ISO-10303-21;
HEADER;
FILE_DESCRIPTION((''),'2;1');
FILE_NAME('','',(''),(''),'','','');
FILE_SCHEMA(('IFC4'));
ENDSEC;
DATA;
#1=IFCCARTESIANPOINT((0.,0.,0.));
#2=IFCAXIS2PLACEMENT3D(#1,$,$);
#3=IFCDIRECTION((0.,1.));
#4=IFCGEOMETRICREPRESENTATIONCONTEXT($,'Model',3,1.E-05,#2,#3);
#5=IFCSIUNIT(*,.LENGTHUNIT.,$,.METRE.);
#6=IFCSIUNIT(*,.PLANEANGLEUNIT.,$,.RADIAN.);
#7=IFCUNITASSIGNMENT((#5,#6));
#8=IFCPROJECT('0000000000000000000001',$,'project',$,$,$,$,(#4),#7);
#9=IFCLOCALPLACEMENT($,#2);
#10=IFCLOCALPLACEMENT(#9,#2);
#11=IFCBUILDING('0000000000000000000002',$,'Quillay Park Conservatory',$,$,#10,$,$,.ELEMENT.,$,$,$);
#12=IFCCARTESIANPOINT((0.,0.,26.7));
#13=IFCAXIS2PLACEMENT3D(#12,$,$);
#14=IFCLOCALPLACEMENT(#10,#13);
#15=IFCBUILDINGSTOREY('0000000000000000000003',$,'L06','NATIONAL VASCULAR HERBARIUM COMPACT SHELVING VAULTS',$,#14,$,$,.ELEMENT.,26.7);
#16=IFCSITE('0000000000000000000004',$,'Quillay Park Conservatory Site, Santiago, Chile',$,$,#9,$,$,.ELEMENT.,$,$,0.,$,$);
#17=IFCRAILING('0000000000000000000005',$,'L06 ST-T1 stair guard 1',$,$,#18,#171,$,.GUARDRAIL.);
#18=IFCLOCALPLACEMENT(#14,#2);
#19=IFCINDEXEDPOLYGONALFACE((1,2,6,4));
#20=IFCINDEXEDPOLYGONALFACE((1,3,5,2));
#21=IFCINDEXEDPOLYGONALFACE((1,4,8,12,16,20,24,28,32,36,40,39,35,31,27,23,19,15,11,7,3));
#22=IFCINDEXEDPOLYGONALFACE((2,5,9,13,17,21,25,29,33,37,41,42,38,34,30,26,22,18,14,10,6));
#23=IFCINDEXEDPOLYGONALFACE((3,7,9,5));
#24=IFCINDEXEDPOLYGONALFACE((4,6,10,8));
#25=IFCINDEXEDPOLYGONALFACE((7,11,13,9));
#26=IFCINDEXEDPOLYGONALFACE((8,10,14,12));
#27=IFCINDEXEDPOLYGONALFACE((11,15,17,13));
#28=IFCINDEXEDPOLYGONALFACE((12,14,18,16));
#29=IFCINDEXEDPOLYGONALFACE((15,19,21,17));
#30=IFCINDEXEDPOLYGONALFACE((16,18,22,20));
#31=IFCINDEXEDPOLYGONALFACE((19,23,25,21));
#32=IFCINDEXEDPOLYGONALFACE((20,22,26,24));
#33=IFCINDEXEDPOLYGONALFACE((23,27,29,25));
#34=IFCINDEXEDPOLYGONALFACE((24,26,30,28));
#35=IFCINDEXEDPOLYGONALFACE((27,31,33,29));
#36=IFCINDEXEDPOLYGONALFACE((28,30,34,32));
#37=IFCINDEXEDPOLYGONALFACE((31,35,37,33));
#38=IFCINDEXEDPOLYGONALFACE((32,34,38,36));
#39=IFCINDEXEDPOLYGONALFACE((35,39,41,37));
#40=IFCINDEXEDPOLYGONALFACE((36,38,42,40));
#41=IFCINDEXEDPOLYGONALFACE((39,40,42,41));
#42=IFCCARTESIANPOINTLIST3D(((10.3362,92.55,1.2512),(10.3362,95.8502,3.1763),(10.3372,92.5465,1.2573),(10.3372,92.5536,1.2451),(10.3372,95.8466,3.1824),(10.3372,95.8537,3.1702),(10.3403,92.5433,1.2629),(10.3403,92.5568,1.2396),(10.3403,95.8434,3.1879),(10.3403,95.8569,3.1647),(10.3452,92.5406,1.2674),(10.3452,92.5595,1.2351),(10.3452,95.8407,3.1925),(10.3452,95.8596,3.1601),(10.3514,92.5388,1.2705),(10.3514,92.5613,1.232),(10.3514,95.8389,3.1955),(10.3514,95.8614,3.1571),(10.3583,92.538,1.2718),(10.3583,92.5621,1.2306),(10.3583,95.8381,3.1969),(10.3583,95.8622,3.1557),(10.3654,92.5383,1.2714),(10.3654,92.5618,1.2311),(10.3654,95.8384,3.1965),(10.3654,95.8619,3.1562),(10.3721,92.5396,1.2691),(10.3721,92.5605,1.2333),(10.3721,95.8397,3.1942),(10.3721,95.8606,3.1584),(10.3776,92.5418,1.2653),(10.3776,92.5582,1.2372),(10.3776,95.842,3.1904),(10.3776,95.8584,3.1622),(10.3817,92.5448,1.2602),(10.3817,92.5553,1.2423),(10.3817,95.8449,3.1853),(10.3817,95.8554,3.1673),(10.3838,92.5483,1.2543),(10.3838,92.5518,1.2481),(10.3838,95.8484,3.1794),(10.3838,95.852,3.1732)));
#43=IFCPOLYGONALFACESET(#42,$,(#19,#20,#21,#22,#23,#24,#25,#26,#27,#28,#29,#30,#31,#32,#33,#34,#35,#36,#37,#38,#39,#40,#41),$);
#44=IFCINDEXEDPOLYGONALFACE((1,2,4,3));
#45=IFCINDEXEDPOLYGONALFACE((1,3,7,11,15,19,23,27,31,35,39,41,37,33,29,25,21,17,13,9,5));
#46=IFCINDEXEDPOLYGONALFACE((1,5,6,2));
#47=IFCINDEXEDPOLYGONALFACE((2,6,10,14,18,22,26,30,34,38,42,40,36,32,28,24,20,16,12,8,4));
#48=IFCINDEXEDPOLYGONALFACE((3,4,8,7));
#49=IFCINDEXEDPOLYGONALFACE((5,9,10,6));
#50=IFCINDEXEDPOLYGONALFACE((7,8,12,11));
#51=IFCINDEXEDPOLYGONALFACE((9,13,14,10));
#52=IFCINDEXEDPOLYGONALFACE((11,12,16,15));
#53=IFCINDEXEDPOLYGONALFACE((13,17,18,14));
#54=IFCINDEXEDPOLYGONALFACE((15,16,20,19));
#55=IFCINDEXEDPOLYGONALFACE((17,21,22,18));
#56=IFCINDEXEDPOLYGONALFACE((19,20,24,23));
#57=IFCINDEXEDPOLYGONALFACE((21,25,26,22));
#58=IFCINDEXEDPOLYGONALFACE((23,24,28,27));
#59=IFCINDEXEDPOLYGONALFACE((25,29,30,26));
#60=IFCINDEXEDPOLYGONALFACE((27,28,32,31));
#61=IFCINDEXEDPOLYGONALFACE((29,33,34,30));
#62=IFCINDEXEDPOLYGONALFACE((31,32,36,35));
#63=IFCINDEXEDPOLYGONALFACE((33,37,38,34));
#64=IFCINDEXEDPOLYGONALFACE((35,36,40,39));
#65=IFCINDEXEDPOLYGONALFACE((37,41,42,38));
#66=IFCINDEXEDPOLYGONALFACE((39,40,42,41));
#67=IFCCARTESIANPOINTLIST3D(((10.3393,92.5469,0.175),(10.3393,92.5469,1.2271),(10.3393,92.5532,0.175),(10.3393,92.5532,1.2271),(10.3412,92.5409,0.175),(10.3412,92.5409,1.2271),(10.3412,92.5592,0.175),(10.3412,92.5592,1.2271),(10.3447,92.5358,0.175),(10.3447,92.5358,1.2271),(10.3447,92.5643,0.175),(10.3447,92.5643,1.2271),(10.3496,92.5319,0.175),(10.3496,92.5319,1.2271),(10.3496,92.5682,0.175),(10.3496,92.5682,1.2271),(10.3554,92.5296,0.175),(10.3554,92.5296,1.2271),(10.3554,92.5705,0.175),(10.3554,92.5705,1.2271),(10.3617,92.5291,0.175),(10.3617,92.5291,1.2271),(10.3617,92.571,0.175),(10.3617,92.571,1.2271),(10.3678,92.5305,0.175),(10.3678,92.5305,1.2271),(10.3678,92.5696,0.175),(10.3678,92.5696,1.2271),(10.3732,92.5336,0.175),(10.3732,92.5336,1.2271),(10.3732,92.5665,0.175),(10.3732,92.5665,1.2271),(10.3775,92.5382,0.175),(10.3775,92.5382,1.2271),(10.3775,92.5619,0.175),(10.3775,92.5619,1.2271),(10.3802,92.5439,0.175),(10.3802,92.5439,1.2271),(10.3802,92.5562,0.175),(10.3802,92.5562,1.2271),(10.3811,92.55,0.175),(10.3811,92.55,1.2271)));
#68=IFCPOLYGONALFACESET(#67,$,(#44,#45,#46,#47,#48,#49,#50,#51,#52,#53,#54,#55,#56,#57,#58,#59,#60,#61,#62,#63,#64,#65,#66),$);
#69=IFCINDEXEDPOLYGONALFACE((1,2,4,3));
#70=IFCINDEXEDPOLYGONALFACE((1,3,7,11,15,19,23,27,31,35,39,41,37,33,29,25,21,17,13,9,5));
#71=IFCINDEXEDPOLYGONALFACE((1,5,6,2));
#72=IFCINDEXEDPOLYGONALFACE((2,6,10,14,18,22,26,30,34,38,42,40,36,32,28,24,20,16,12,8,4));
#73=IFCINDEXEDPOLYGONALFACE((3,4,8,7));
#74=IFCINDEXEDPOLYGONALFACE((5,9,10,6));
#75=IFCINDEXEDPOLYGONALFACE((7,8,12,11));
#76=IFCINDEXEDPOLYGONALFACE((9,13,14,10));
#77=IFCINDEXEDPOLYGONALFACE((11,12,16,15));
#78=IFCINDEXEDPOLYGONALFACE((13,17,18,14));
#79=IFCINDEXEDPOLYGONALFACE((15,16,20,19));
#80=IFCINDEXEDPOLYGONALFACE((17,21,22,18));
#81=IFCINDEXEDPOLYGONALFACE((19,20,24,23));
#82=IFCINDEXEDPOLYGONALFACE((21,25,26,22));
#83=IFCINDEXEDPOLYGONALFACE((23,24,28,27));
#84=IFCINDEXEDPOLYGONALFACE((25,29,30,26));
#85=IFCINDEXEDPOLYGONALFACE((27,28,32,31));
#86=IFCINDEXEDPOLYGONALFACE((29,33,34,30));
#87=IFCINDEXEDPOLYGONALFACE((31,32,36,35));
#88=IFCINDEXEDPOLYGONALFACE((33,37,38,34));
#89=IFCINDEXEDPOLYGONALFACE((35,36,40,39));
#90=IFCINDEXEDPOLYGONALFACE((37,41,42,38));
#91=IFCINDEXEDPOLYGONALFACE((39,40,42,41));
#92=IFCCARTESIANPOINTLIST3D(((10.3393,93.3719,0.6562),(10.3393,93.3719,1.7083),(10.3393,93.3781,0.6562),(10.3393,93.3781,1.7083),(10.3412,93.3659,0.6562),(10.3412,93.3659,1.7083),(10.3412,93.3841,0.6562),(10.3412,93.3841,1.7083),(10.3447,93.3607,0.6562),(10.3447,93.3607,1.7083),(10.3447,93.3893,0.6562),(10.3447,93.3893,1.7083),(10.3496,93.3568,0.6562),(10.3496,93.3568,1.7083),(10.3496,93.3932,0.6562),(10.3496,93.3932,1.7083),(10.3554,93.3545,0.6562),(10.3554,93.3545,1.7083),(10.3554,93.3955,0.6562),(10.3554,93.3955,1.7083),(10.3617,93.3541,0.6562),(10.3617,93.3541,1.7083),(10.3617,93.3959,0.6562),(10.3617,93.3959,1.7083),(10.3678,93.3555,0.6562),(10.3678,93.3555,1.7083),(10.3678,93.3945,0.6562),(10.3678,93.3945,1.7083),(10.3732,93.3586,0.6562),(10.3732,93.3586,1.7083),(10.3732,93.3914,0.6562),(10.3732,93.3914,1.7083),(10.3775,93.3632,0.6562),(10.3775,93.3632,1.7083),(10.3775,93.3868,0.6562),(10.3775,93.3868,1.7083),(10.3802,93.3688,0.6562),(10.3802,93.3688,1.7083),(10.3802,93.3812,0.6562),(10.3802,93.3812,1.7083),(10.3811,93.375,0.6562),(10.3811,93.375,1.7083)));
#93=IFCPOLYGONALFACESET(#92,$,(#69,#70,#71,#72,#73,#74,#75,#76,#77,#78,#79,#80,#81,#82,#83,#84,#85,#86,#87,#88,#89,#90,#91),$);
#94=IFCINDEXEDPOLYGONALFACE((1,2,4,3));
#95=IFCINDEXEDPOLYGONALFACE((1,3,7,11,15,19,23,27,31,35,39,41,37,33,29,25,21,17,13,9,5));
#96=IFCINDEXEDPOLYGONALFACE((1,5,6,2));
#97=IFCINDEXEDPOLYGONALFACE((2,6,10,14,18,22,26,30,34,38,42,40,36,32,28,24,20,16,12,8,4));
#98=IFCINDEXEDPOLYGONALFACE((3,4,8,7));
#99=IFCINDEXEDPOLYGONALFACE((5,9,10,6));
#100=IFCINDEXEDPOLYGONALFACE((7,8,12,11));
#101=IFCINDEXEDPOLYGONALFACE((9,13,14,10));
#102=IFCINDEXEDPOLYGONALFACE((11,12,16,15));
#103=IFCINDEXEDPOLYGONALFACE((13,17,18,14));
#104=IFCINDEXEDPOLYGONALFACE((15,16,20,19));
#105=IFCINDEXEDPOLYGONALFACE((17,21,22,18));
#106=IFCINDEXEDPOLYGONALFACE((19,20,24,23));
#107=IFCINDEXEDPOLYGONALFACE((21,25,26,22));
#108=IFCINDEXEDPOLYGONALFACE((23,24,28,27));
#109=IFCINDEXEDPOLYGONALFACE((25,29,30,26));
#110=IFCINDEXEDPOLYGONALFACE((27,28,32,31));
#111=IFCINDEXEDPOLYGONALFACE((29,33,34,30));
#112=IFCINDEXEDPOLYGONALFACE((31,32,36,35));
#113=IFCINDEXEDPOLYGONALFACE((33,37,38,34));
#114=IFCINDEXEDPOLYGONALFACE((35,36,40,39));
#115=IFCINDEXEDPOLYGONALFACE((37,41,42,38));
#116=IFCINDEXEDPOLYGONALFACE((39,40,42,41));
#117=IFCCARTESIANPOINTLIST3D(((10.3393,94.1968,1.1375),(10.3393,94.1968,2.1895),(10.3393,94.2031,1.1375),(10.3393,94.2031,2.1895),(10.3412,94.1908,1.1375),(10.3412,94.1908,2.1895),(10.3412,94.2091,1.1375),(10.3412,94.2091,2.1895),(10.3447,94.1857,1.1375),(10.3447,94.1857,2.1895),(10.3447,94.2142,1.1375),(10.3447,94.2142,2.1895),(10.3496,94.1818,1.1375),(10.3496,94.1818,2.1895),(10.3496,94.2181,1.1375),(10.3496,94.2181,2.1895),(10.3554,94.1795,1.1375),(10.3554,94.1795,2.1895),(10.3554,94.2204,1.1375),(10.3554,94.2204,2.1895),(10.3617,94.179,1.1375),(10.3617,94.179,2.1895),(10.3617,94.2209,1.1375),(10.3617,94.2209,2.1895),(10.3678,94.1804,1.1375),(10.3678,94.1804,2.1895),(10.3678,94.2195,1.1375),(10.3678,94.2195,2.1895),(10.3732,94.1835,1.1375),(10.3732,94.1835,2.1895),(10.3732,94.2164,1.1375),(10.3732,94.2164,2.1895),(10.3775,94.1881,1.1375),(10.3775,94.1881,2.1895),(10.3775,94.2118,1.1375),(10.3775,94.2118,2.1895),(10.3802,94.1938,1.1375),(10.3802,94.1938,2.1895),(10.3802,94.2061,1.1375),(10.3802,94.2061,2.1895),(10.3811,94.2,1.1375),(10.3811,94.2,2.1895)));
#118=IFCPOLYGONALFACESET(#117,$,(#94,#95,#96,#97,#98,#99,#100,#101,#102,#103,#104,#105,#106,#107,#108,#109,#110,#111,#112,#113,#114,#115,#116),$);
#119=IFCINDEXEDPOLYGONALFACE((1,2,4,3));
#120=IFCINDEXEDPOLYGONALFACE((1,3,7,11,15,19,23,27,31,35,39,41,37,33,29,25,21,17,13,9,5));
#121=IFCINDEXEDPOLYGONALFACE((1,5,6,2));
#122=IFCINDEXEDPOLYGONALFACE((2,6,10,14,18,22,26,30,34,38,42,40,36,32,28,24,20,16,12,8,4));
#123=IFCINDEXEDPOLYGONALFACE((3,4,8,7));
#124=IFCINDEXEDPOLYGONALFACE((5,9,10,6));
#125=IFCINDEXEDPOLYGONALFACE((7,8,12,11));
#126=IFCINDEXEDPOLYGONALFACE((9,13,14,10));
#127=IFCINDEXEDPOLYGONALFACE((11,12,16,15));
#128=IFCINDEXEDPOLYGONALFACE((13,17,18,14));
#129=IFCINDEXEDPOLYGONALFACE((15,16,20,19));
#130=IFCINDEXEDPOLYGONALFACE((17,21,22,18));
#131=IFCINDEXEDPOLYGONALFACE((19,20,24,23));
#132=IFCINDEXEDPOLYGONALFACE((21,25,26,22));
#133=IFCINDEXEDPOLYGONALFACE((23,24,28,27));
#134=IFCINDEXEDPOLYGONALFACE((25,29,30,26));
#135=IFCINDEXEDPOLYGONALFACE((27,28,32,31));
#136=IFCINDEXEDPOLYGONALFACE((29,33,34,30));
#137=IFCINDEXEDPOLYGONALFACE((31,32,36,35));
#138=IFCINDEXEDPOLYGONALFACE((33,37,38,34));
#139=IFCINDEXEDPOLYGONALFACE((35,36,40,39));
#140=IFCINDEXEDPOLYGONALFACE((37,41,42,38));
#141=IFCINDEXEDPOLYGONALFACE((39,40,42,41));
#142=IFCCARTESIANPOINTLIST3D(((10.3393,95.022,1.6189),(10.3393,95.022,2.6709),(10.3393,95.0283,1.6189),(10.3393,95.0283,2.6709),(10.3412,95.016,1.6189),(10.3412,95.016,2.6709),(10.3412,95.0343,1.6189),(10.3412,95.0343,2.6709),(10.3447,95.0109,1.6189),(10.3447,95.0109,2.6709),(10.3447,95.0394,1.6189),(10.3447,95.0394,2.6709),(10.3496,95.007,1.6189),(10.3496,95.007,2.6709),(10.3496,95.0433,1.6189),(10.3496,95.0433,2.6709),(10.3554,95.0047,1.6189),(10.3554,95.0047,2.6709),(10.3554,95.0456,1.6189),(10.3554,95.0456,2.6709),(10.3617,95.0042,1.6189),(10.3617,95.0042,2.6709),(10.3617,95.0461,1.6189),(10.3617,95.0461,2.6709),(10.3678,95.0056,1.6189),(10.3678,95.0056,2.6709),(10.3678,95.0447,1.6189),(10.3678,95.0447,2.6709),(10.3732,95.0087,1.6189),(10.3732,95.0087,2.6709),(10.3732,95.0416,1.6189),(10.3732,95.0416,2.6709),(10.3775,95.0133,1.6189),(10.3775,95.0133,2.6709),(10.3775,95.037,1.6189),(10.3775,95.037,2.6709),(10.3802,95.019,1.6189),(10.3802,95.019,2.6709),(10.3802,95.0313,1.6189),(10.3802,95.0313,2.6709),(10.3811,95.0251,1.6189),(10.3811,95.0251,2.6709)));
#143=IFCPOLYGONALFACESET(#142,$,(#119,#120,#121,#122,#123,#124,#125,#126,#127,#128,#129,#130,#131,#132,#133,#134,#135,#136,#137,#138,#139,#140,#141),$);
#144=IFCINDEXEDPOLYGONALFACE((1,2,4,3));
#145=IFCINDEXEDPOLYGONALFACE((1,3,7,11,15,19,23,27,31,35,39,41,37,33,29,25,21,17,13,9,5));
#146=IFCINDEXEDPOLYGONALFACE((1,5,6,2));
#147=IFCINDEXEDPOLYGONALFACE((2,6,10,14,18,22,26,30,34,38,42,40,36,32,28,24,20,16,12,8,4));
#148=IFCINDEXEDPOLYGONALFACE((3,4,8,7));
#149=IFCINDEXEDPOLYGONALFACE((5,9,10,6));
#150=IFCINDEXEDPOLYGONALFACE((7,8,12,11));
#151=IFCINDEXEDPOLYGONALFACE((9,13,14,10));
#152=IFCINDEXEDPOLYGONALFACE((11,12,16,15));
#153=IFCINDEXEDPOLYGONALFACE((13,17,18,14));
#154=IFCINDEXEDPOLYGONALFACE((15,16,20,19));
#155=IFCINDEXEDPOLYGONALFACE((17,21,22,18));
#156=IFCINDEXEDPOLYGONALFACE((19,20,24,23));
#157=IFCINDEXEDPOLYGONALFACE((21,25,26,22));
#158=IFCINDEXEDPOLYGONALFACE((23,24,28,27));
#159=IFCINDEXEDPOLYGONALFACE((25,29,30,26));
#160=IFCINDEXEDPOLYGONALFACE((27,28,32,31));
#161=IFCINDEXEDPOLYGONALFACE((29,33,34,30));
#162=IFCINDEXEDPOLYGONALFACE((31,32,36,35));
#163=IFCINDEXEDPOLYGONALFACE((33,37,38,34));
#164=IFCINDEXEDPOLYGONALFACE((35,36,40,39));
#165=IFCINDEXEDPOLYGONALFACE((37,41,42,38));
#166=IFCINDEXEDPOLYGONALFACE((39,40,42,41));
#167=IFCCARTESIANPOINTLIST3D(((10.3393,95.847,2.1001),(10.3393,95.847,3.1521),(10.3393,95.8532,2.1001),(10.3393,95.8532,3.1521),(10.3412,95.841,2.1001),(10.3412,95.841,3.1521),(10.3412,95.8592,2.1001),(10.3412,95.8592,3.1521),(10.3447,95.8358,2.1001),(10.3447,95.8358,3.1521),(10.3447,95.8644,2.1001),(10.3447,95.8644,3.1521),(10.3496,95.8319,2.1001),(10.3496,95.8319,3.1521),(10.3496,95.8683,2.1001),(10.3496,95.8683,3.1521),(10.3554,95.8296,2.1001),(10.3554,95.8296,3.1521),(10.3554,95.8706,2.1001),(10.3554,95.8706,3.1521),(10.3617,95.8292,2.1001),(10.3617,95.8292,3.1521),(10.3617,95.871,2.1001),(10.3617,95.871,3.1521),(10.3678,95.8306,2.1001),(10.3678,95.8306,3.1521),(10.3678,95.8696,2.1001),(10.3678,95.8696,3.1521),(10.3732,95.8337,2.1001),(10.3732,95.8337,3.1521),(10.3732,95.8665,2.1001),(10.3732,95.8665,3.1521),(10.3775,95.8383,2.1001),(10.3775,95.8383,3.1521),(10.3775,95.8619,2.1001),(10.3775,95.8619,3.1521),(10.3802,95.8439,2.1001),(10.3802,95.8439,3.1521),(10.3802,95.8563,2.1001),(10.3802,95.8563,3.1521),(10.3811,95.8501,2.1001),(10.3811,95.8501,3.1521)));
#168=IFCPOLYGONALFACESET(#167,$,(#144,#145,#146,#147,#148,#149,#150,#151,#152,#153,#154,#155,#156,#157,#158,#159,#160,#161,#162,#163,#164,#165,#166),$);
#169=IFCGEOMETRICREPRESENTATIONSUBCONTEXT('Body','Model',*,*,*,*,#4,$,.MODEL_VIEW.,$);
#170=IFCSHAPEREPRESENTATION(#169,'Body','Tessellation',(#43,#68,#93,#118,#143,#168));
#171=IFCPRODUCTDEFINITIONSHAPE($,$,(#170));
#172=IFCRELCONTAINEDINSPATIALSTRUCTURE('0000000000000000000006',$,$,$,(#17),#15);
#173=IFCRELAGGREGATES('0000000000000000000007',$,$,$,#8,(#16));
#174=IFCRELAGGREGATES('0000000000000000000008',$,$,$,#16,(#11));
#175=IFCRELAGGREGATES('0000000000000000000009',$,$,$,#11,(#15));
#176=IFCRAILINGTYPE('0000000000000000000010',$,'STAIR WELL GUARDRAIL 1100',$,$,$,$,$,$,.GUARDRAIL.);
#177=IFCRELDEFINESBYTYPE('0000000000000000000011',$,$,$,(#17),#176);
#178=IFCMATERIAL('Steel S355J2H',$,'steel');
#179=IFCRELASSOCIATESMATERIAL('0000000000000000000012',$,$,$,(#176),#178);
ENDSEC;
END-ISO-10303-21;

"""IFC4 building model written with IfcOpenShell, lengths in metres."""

from ifc_helpers import new_model, si_unit, direction, frame, origin, origin_2d, place, context, subcontext, project, spatial, circle, extrude, material, type_object, element, save


model = new_model("IFC4")

# Units and contexts
model_context = context("Model", 3, precision=1e-05, world=origin(), true_north=direction((0.0, 1.0)))
body_context = subcontext(model_context, "Body", "Model", "MODEL_VIEW")
ifc_project = project(units=[si_unit("LENGTHUNIT", "METRE"), si_unit("PLANEANGLEUNIT", "RADIAN")], contexts=[model_context])

# Site, building, storey
site_placement = place(None, origin())
site = spatial("IfcSite", under=ifc_project, at=site_placement, Name="Quillay Park Conservatory Site, Santiago, Chile", CompositionType="ELEMENT", RefElevation=0.0)
building_placement = place(site_placement, origin())
building = spatial("IfcBuilding", under=site, at=building_placement, Name="Quillay Park Conservatory", CompositionType="ELEMENT")
storey_placement = place(building_placement, frame((0.0, 0.0, 26.7)))
storey = spatial("IfcBuildingStorey", under=building, at=storey_placement, Name="L06", Description="NATIONAL VASCULAR HERBARIUM COMPACT SHELVING VAULTS", CompositionType="ELEMENT", Elevation=26.7)

# Railing
ifc_material_1 = material(Name="Steel S355J2H", Category="steel")
railing_type_1 = type_object("IfcRailingType", Name="STAIR WELL GUARDRAIL 1100", PredefinedType="GUARDRAIL", material=ifc_material_1)
railing_1_placement = place(storey_placement, frame((10.3601, 92.55, 0.175)))
element("IfcRailing", 1, at=railing_1_placement, inside=storey, type_object=railing_type_1, Name="L06 ST-T1 stair guard 1", PredefinedType="GUARDRAIL", context=body_context, shape_type="SweptSolid", body=[
    extrude(circle(Radius=0.0239, at=origin_2d()), frame((0.0, 0.0, 1.0762), z_axis=(0.0, 0.863777, 0.503875), x_axis=(-1.0, 0.0, 0.0)), (0.0, 0.0, 1.0), 3.8206),
    extrude(circle(Radius=0.021, at=origin_2d()), origin(), (0.0, 0.0, 1.0), 1.052),
    extrude(circle(Radius=0.021, at=origin_2d()), frame((0.0, 0.825, 0.4812)), (0.0, 0.0, 1.0), 1.052),
    extrude(circle(Radius=0.021, at=origin_2d()), frame((0.0, 1.6499, 0.9624)), (0.0, 0.0, 1.0), 1.052),
    extrude(circle(Radius=0.021, at=origin_2d()), frame((0.0, 2.4751, 1.4438)), (0.0, 0.0, 1.0), 1.052),
    extrude(circle(Radius=0.021, at=origin_2d()), frame((0.0, 3.3, 1.925)), (0.0, 0.0, 1.0), 1.052),
])

save(model, "model.ifc")
